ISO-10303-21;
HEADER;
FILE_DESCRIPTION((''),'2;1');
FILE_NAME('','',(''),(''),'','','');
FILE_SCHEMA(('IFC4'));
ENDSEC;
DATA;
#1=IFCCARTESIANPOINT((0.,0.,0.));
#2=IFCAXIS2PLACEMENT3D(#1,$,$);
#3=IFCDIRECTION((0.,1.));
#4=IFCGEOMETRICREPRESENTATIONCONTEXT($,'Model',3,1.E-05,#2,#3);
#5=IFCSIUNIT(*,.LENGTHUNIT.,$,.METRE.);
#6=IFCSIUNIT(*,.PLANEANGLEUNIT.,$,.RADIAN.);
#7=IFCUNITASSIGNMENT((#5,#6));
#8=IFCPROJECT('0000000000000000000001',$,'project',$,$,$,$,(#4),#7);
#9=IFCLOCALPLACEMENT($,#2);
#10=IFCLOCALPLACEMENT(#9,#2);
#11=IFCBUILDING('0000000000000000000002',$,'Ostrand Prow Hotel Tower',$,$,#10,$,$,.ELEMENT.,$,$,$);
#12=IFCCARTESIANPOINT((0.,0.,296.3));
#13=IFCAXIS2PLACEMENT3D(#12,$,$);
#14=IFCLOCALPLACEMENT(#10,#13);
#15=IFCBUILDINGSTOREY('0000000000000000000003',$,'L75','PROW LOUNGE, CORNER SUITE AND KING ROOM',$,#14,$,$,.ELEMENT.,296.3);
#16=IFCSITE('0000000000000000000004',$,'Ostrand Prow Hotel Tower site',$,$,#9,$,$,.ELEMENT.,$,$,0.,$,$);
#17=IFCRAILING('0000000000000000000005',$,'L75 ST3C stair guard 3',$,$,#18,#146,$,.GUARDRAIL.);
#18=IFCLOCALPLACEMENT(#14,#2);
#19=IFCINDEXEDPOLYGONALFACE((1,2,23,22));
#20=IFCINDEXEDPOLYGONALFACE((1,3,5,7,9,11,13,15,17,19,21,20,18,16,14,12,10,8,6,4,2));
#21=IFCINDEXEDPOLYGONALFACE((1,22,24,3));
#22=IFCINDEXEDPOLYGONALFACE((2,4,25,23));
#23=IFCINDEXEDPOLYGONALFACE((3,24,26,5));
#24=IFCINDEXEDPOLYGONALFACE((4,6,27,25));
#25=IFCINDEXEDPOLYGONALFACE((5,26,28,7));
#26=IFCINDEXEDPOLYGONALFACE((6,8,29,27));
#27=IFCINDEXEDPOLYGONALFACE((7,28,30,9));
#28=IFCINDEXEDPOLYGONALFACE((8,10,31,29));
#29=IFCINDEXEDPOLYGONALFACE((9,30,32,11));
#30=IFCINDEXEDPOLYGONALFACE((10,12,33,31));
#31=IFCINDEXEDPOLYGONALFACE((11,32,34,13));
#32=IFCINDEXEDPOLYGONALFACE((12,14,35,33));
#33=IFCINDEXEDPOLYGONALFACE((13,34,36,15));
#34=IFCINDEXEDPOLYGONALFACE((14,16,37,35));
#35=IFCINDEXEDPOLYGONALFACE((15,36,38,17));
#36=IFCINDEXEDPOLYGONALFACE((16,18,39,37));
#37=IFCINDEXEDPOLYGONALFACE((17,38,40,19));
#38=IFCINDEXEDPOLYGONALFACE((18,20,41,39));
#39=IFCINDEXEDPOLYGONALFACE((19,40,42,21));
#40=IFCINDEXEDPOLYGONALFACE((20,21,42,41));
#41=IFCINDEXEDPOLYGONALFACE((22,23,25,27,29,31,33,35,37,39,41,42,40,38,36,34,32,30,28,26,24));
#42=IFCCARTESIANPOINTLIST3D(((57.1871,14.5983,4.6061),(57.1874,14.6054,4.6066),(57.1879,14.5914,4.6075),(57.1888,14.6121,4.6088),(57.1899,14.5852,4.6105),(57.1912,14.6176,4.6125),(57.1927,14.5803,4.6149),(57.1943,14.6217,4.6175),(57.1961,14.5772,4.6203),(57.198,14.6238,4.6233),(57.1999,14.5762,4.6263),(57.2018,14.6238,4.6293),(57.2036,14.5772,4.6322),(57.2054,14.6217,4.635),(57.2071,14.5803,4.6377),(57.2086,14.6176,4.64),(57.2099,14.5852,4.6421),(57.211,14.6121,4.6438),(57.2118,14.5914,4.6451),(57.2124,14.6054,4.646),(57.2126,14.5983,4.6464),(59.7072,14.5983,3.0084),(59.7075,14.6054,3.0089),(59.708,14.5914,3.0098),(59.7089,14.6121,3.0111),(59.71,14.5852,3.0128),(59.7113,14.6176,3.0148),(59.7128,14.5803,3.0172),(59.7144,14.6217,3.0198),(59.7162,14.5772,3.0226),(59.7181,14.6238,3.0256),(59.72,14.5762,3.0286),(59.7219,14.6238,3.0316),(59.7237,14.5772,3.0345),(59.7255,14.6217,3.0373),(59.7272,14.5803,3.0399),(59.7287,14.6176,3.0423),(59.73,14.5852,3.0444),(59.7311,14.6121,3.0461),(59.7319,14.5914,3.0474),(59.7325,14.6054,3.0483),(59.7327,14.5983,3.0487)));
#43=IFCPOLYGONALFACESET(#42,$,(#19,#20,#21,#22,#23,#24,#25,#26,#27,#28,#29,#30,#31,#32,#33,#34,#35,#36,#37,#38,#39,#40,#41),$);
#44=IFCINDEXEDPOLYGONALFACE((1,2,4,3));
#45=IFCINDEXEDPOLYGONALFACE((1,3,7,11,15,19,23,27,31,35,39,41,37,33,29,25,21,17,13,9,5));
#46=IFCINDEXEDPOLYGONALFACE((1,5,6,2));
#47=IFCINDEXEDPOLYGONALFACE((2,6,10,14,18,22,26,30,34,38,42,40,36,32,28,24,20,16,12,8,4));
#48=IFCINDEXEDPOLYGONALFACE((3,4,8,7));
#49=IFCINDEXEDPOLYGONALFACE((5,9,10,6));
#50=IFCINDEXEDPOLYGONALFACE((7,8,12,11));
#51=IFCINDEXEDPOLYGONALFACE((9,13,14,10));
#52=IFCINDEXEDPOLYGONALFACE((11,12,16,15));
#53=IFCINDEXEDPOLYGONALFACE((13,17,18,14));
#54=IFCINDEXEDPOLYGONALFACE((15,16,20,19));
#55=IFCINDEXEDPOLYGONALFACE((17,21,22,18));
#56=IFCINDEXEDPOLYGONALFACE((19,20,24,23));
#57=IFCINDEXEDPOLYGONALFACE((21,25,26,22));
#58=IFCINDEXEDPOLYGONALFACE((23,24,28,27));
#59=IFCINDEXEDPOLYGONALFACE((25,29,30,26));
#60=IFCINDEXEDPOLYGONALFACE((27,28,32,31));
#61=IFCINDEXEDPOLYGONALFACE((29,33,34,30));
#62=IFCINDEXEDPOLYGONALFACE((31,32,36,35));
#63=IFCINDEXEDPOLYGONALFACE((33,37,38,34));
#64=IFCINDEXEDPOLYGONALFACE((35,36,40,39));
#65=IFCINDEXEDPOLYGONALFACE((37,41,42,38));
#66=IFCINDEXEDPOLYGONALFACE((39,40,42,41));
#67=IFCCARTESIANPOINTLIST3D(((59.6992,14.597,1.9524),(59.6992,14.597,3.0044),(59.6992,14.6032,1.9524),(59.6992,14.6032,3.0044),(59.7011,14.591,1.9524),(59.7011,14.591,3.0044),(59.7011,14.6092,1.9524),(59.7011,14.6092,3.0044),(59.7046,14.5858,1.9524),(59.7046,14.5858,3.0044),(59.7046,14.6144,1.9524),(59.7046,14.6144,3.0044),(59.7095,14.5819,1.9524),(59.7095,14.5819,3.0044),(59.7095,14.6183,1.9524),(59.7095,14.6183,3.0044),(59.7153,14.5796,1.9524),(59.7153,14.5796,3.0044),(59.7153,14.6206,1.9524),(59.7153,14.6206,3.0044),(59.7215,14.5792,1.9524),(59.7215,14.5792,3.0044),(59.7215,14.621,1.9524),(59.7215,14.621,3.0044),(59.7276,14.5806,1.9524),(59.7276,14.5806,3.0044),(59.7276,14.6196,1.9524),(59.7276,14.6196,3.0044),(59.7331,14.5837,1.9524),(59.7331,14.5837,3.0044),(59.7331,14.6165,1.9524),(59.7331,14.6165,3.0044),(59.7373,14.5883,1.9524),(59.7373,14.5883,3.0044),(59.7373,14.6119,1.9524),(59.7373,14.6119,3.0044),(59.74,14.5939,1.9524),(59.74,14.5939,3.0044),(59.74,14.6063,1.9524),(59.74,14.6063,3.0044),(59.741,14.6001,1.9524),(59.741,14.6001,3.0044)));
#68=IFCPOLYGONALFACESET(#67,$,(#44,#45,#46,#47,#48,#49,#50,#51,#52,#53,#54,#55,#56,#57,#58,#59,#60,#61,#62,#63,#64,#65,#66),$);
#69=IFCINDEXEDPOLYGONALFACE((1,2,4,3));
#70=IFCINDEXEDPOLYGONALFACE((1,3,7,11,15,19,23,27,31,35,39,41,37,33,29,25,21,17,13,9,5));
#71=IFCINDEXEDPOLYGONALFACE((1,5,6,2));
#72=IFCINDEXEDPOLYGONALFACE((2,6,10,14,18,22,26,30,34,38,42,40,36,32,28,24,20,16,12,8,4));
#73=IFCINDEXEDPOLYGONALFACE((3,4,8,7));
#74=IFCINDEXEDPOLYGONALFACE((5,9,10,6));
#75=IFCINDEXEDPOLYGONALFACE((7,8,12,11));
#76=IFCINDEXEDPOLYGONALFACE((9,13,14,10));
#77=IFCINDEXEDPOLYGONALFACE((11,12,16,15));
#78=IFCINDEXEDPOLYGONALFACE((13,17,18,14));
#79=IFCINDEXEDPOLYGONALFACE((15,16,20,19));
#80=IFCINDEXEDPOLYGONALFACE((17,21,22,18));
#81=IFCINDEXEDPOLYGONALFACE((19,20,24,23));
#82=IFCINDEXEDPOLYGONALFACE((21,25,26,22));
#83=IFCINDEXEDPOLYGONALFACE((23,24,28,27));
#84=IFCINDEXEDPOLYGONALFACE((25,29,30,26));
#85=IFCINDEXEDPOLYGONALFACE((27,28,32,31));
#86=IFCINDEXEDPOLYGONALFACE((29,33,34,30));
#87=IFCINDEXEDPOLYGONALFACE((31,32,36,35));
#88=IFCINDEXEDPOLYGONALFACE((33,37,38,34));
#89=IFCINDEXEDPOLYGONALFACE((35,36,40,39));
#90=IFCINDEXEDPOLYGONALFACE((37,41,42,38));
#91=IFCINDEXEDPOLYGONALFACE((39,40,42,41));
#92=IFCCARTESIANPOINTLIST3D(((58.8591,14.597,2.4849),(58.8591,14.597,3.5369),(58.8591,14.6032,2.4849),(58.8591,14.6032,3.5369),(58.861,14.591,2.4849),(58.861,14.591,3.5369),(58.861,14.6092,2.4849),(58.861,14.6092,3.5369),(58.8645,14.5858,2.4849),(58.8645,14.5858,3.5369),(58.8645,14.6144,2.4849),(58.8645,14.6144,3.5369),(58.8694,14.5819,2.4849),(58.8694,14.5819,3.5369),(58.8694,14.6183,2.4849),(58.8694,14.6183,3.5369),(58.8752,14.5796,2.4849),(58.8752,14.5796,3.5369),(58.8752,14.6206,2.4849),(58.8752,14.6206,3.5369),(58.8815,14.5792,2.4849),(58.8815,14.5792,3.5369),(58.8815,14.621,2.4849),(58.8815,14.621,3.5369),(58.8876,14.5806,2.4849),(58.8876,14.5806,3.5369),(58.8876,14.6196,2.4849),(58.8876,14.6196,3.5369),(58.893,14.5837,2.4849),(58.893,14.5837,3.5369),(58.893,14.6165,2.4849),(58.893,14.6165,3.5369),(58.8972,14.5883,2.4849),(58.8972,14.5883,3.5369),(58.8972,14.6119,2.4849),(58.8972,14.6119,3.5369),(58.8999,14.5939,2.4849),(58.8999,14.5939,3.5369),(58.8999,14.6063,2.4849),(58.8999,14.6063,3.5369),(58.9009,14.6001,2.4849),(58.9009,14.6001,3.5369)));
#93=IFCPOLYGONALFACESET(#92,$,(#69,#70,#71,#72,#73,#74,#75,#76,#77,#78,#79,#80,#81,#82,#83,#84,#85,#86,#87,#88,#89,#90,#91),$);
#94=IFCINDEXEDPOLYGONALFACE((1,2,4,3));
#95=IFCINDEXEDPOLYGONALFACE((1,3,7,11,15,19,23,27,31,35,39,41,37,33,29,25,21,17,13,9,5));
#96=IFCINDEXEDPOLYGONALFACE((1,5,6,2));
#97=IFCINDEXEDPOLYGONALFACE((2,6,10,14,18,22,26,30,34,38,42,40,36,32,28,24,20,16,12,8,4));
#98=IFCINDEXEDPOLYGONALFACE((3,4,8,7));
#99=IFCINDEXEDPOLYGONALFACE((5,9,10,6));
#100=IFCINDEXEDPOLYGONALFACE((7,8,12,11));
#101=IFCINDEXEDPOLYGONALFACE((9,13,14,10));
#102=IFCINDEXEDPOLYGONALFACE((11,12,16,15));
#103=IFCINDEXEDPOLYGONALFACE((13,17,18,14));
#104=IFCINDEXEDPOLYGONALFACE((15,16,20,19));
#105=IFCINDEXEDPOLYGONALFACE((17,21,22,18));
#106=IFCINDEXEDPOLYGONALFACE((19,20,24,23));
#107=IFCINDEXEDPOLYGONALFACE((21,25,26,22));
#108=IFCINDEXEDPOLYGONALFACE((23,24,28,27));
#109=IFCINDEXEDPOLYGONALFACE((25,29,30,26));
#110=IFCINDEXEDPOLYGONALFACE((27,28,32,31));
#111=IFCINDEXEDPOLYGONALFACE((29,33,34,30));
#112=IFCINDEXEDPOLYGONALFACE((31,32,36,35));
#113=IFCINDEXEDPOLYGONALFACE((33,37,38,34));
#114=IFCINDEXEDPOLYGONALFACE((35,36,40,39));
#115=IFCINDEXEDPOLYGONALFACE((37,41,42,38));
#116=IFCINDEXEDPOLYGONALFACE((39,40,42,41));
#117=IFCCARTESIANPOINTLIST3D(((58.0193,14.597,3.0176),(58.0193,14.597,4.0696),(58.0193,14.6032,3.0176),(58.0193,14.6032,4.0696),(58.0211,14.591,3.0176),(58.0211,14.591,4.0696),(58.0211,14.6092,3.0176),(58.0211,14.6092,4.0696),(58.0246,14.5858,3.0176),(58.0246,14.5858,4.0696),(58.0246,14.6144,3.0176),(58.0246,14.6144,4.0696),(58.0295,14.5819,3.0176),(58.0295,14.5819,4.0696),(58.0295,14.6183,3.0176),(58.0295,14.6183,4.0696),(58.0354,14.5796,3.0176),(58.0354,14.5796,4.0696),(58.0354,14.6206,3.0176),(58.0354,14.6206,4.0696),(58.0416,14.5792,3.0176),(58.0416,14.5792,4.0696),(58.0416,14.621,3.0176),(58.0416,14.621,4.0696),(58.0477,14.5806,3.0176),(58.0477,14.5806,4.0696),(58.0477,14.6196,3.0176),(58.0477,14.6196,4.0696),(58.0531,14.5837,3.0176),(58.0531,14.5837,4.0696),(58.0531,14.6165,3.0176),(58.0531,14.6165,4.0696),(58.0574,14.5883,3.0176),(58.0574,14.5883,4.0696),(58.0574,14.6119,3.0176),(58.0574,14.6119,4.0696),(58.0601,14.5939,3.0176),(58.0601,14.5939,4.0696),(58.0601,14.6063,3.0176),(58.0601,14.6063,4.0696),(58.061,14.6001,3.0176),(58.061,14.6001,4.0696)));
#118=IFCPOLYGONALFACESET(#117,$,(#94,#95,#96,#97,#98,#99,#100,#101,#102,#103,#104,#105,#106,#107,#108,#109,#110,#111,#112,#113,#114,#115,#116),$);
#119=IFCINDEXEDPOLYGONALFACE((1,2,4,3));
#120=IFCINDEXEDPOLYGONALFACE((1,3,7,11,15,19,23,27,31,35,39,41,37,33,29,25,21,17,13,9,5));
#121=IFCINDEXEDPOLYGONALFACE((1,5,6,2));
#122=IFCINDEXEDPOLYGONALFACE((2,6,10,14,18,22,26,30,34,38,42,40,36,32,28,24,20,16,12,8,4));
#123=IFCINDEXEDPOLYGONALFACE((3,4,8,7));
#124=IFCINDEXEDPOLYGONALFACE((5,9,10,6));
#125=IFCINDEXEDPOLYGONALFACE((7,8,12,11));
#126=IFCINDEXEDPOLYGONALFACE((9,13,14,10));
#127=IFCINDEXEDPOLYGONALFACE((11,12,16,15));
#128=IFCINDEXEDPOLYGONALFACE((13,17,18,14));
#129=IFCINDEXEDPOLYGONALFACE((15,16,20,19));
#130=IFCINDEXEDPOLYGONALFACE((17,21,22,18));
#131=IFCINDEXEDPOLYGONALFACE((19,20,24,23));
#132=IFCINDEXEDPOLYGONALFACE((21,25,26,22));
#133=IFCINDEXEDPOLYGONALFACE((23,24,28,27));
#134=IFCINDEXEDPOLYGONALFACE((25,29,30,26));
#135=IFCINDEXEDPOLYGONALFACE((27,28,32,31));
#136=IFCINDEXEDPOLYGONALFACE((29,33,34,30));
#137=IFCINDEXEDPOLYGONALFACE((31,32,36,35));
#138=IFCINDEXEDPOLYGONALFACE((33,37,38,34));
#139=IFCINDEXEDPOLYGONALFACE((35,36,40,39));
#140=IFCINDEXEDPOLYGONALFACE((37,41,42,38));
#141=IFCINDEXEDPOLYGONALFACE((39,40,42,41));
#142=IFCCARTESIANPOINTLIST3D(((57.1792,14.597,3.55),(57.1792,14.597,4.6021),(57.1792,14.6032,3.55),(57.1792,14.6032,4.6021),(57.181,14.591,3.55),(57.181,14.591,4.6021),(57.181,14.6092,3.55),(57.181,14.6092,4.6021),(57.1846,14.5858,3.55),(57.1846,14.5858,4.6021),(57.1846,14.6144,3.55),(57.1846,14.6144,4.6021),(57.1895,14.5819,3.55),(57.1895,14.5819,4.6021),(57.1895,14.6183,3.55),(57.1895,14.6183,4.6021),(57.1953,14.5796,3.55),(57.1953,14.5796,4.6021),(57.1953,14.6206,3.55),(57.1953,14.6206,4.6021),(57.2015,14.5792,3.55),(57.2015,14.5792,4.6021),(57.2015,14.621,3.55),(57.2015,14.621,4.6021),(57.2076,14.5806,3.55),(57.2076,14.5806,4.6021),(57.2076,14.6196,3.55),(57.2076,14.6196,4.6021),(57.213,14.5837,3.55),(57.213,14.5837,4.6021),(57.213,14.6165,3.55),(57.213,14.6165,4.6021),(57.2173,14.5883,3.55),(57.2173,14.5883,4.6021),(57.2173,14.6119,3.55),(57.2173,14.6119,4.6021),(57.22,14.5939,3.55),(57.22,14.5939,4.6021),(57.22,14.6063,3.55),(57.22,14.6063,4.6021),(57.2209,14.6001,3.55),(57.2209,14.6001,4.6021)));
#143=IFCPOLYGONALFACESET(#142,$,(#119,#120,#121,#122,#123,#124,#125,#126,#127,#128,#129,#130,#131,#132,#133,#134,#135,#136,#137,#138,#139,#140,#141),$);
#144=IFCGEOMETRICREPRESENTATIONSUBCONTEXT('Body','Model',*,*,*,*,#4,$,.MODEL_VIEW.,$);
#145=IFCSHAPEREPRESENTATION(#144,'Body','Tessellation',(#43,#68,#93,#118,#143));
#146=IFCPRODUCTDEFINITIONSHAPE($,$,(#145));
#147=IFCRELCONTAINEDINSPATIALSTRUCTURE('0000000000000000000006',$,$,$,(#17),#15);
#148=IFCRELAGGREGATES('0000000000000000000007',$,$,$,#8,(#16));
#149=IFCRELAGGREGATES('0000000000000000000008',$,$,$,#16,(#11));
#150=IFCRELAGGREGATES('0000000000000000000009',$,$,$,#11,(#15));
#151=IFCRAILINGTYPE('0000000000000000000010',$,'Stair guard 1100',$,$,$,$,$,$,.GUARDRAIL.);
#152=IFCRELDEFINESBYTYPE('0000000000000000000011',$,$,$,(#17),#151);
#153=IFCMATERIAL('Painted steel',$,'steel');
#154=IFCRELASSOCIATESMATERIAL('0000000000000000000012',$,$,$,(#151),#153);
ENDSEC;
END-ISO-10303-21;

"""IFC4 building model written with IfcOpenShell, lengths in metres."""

from ifc_helpers import new_model, si_unit, direction, frame, origin, origin_2d, place, context, subcontext, project, spatial, circle, extrude, material, type_object, element, save


model = new_model("IFC4")

# Units and contexts
model_context = context("Model", 3, precision=1e-05, world=origin(), true_north=direction((0.0, 1.0)))
body_context = subcontext(model_context, "Body", "Model", "MODEL_VIEW")
ifc_project = project(units=[si_unit("LENGTHUNIT", "METRE"), si_unit("PLANEANGLEUNIT", "RADIAN")], contexts=[model_context])

# Site, building, storey
site_placement = place(None, origin())
site = spatial("IfcSite", under=ifc_project, at=site_placement, Name="Ostrand Prow Hotel Tower site", CompositionType="ELEMENT", RefElevation=0.0)
building_placement = place(site_placement, origin())
building = spatial("IfcBuilding", under=site, at=building_placement, Name="Ostrand Prow Hotel Tower", CompositionType="ELEMENT")
storey_placement = place(building_placement, frame((0.0, 0.0, 296.3)))
storey = spatial("IfcBuildingStorey", under=building, at=storey_placement, Name="L75", Description="PROW LOUNGE, CORNER SUITE AND KING ROOM", CompositionType="ELEMENT", Elevation=296.3)

# Railing
ifc_material_1 = material(Name="Painted steel", Category="steel")
railing_type_1 = type_object("IfcRailingType", Name="Stair guard 1100", PredefinedType="GUARDRAIL", material=ifc_material_1)
railing_1_placement = place(storey_placement, frame((59.72, 14.6001, 1.9524)))
element("IfcRailing", 1, at=railing_1_placement, inside=storey, type_object=railing_type_1, Name="L75 ST3C stair guard 3", PredefinedType="GUARDRAIL", context=body_context, shape_type="SweptSolid", body=[
    extrude(circle(Radius=0.0239, at=origin_2d()), frame((0.0, 0.0, 1.0762), z_axis=(-0.84457, 0.0, 0.535445), x_axis=(0.0, -1.0, 0.0)), (0.0, 0.0, 1.0), 2.9839),
    extrude(circle(Radius=0.021, at=origin_2d()), origin(), (0.0, 0.0, 1.0), 1.052),
    extrude(circle(Radius=0.021, at=origin_2d()), frame((-0.8401, 0.0, 0.5325)), (0.0, 0.0, 1.0), 1.052),
    extrude(circle(Radius=0.021, at=origin_2d()), frame((-1.6799, 0.0, 1.0652)), (0.0, 0.0, 1.0), 1.052),
    extrude(circle(Radius=0.021, at=origin_2d()), frame((-2.52, 0.0, 1.5977)), (0.0, 0.0, 1.0), 1.052),
])

save(model, "model.ifc")
